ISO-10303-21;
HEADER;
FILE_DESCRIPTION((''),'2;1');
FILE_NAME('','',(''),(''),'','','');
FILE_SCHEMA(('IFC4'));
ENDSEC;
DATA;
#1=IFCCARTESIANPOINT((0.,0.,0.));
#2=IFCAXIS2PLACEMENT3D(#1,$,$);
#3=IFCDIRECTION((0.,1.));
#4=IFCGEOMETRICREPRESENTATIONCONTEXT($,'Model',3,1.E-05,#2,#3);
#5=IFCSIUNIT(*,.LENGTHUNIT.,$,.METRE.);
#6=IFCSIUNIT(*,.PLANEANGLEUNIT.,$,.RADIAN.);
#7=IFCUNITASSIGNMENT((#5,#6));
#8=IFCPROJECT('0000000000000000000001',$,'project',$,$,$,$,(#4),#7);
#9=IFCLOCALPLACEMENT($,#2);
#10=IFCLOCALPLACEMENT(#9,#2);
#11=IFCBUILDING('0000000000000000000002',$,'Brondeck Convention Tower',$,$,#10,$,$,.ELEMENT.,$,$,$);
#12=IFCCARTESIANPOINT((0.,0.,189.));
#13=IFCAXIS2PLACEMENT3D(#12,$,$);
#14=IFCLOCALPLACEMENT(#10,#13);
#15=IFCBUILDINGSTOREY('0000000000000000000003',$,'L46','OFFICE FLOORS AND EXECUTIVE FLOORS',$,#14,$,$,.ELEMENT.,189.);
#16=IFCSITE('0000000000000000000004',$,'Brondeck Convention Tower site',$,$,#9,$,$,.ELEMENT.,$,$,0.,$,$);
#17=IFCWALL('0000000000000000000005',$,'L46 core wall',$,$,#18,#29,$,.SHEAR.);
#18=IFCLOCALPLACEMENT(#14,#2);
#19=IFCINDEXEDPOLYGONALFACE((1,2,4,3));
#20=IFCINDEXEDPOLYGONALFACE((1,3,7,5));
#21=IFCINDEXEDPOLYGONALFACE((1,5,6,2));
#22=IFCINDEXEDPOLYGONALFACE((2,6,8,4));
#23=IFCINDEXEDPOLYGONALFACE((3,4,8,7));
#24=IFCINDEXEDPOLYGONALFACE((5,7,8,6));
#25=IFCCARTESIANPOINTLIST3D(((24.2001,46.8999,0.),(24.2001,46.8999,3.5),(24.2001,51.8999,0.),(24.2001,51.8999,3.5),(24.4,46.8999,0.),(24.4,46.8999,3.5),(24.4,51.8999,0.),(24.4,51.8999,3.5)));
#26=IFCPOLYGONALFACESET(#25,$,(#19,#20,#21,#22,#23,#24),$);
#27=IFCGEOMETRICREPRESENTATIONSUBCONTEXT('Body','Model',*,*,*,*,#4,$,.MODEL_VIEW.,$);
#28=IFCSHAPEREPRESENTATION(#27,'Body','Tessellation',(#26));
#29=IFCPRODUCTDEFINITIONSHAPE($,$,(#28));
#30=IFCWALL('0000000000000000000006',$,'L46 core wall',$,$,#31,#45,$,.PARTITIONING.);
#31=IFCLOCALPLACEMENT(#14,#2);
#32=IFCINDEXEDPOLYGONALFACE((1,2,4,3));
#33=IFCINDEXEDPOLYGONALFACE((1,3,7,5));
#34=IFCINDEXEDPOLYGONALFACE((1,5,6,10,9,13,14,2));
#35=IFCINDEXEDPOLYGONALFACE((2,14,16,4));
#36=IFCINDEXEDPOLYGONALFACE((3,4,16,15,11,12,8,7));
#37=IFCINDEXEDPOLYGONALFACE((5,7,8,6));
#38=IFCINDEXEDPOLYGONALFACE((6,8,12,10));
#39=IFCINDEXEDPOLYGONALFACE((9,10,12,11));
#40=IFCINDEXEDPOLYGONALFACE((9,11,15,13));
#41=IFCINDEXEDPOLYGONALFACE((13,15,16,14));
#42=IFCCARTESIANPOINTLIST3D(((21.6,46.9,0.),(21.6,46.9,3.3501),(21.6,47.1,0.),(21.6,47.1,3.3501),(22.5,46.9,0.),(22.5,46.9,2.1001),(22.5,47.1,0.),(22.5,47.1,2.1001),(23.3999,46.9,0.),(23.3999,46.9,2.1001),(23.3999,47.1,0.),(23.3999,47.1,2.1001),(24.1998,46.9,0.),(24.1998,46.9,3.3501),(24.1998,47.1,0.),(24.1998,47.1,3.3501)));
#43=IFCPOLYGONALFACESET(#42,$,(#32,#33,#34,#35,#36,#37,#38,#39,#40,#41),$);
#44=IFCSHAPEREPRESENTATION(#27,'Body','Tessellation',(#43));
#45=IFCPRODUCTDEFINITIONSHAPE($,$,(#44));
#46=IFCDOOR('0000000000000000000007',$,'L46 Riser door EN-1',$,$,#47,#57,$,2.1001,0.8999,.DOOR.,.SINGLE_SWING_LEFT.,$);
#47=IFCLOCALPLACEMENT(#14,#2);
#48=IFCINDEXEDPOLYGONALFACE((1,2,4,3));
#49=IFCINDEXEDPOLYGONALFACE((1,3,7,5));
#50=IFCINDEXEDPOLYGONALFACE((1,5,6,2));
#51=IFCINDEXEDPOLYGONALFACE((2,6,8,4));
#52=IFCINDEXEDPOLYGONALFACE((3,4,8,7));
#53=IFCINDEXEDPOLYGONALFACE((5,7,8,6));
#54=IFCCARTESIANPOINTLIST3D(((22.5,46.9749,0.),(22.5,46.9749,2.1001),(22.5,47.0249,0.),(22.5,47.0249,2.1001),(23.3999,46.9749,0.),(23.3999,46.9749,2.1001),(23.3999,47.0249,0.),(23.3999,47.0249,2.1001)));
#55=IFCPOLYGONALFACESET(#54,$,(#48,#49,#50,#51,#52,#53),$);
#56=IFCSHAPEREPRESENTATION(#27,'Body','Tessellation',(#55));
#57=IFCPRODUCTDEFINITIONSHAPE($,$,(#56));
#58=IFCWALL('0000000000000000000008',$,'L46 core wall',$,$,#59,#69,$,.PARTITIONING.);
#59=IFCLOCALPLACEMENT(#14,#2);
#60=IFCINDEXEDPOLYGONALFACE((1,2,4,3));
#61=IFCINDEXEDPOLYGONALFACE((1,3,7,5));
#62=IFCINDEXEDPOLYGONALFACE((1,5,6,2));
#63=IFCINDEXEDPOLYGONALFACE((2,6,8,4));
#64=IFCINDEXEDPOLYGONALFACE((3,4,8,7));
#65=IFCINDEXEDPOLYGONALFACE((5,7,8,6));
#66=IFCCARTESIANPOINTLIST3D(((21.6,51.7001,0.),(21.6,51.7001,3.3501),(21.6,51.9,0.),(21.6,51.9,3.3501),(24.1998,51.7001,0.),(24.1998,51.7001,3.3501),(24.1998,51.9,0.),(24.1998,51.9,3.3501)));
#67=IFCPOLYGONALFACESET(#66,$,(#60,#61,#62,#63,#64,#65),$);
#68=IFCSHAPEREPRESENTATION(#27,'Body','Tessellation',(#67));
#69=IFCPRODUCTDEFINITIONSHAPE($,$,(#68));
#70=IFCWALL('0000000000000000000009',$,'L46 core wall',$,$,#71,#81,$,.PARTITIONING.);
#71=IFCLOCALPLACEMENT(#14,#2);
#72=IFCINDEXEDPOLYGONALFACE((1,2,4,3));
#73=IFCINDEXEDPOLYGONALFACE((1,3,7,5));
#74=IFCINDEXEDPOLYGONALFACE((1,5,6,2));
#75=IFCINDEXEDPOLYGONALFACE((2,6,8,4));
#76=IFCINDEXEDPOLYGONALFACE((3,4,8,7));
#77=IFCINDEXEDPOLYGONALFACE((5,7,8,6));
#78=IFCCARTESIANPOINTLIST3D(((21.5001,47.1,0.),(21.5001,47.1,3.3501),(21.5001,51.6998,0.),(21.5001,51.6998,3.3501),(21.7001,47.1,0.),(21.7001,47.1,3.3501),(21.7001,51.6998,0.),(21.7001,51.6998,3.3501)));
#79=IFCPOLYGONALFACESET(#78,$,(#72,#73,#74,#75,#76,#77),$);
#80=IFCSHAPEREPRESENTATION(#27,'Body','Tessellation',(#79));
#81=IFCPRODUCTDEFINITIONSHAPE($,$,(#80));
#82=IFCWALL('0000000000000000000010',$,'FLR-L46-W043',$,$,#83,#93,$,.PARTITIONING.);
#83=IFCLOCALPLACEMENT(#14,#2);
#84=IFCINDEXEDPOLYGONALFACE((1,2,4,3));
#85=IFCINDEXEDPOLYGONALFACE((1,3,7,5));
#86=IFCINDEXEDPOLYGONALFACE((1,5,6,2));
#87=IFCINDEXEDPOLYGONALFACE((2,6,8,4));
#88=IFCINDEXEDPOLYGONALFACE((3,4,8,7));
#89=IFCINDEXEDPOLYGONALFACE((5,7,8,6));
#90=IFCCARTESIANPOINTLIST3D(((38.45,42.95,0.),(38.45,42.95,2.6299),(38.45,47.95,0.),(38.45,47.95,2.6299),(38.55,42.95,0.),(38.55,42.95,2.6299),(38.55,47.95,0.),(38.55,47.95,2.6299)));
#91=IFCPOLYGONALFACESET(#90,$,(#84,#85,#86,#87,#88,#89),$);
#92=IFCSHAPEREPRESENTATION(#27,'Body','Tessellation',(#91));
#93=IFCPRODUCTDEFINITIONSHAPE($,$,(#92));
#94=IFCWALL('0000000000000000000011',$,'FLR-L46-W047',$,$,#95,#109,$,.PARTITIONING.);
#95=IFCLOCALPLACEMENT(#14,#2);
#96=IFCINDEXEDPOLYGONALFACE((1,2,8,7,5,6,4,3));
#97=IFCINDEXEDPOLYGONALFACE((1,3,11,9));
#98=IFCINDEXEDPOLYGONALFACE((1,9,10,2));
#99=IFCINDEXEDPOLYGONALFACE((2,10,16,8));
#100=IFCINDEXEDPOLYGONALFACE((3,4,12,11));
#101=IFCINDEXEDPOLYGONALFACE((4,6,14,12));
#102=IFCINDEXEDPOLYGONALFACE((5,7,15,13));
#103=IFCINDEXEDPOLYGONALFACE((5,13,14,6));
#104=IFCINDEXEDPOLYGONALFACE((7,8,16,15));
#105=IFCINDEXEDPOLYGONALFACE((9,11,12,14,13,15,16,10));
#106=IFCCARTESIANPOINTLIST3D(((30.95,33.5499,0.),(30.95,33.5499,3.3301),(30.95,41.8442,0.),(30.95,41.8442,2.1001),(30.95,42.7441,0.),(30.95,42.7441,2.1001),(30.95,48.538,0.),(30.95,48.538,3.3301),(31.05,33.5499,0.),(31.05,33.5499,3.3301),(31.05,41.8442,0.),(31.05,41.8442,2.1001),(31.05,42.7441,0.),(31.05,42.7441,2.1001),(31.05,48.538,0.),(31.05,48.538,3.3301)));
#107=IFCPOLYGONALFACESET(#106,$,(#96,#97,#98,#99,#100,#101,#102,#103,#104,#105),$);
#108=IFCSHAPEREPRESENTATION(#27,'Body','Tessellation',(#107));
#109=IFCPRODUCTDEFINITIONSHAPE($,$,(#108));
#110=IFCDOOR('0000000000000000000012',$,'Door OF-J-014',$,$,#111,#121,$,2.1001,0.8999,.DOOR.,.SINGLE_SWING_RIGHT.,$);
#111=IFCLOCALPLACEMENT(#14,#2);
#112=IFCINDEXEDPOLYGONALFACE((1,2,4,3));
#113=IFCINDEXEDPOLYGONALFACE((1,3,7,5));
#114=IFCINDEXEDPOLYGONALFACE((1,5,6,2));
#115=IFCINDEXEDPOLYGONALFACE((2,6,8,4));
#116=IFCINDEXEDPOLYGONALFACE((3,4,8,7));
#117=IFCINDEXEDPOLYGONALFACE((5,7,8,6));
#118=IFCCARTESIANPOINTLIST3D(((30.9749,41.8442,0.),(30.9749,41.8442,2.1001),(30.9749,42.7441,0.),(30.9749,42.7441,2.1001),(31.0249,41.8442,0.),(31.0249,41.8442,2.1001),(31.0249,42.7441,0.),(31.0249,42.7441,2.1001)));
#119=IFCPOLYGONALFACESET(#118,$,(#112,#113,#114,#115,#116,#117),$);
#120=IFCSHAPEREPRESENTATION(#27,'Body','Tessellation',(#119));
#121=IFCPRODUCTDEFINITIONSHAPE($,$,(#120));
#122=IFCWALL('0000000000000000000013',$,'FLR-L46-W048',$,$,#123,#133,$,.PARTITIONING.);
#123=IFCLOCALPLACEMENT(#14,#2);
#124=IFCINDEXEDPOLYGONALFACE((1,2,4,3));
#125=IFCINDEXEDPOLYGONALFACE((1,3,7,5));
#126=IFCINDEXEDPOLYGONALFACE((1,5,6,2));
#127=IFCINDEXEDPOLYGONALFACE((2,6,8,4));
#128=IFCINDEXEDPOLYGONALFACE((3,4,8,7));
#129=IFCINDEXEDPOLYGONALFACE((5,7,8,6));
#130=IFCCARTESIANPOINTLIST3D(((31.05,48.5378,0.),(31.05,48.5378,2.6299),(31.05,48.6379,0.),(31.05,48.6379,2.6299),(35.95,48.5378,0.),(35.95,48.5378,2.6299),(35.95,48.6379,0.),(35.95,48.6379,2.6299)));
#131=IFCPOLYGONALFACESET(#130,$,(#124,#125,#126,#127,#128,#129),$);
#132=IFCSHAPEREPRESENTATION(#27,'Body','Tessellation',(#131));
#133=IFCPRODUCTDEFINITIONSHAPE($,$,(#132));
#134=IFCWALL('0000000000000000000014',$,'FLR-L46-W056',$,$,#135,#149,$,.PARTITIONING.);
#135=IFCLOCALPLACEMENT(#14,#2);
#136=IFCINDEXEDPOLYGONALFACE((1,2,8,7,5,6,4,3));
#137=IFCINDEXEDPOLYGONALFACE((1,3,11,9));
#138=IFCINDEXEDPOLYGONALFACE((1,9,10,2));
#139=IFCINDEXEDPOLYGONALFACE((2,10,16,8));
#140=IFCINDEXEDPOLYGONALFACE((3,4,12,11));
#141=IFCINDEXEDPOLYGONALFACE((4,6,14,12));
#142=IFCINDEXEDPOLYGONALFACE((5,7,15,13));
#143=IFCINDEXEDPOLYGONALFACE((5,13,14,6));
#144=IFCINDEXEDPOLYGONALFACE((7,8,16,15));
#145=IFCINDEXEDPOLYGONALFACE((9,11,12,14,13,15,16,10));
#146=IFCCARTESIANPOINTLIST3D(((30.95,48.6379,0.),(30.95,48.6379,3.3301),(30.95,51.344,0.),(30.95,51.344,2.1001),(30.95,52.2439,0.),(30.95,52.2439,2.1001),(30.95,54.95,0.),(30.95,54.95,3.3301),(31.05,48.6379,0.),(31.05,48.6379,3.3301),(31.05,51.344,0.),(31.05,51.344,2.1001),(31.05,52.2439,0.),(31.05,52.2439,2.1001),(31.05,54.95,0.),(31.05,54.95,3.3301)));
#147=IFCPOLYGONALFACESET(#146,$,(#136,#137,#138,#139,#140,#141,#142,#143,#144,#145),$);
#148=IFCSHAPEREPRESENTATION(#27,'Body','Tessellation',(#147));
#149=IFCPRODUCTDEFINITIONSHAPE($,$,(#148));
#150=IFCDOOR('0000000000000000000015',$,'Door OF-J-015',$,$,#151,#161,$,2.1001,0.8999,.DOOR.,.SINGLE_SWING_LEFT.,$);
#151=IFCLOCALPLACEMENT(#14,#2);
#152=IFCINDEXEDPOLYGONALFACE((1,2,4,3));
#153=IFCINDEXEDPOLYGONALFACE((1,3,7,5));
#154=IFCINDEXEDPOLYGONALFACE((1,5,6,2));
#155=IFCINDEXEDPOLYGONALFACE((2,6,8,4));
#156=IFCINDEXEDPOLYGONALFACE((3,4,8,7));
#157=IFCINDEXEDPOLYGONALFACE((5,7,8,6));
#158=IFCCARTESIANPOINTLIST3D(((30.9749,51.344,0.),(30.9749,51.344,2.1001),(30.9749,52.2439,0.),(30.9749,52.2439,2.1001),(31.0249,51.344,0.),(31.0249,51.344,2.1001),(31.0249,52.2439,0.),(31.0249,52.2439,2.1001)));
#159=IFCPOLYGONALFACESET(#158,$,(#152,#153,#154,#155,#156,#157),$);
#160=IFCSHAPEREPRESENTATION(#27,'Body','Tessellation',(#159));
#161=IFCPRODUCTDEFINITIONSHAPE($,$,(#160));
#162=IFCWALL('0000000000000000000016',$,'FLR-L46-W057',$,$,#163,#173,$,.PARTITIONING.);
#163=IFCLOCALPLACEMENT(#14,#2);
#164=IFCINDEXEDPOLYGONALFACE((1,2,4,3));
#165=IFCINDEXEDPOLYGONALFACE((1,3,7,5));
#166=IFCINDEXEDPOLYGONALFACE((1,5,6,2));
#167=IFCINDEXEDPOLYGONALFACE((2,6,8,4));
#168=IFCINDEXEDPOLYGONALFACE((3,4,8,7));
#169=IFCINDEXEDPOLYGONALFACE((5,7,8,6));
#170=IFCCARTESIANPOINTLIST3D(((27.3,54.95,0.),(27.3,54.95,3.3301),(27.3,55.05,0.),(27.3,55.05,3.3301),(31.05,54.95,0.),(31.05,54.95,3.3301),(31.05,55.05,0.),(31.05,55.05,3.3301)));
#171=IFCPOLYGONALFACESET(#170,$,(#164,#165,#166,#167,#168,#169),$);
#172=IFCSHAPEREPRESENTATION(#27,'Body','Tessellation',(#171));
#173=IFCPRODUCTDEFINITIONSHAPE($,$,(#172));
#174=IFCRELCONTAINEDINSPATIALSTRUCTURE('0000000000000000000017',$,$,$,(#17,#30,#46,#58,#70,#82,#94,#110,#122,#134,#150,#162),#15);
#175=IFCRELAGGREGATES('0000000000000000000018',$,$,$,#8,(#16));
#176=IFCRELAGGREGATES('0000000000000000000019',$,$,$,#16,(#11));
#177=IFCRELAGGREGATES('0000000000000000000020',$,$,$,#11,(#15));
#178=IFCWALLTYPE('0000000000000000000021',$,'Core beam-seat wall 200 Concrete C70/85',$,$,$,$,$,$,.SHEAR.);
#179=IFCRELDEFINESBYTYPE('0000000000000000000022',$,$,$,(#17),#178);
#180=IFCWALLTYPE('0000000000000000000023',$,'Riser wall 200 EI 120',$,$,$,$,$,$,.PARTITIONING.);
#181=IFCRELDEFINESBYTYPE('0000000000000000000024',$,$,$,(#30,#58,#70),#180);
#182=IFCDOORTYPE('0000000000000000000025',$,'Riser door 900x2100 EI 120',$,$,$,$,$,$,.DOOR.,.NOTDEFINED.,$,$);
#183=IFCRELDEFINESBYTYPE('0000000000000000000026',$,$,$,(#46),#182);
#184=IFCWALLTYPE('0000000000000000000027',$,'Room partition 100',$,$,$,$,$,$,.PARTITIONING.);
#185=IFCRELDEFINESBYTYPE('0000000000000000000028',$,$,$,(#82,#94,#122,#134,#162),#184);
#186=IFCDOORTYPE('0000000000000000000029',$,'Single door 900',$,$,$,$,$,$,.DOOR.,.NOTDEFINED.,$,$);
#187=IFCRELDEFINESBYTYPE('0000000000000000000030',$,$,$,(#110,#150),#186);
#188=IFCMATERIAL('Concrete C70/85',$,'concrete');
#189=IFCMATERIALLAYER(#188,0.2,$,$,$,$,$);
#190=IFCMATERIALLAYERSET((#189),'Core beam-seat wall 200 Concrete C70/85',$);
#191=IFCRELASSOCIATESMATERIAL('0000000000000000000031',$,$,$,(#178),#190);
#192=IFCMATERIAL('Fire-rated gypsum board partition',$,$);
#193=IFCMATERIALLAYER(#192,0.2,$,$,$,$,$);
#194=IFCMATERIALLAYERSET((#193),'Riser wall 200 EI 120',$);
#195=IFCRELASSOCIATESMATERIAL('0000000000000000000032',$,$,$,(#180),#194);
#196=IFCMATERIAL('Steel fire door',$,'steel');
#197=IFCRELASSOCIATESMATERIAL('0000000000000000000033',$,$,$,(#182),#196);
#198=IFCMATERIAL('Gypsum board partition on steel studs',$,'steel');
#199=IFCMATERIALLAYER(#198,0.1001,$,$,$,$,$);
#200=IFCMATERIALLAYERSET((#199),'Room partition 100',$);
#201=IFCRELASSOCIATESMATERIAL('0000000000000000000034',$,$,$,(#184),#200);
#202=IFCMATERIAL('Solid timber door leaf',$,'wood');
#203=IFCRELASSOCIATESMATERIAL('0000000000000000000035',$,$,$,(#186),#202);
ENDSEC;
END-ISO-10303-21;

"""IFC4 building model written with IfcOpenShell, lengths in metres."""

from ifc_helpers import new_model, si_unit, direction, frame, frame_2d, origin, place, context, subcontext, project, spatial, rectangle, extrude, material, layer, layer_set, type_object, element, fill, save


model = new_model("IFC4")

# Units and contexts
model_context = context("Model", 3, precision=1e-05, world=origin(), true_north=direction((0.0, 1.0)))
body_context = subcontext(model_context, "Body", "Model", "MODEL_VIEW")
ifc_project = project(units=[si_unit("LENGTHUNIT", "METRE"), si_unit("PLANEANGLEUNIT", "RADIAN")], contexts=[model_context])

# Site, building, storey
site_placement = place(None, origin())
site = spatial("IfcSite", under=ifc_project, at=site_placement, Name="Brondeck Convention Tower site", CompositionType="ELEMENT", RefElevation=0.0)
building_placement = place(site_placement, origin())
building = spatial("IfcBuilding", under=site, at=building_placement, Name="Brondeck Convention Tower", CompositionType="ELEMENT")
storey_placement = place(building_placement, frame((0.0, 0.0, 189.0)))
storey = spatial("IfcBuildingStorey", under=building, at=storey_placement, Name="L46", Description="OFFICE FLOORS AND EXECUTIVE FLOORS", CompositionType="ELEMENT", Elevation=189.0)

# Shared definitions
ifc_material_1 = material(Name="Concrete C70/85", Category="concrete")

# Wall
ifc_layer_1 = layer(ifc_material_1, 0.2)
ifc_layer_set_1 = layer_set([ifc_layer_1], Name="Core beam-seat wall 200 Concrete C70/85")
wall_type_1 = type_object("IfcWallType", Name="Core beam-seat wall 200 Concrete C70/85", PredefinedType="SHEAR", material=ifc_layer_set_1)
wall_1_placement = place(storey_placement, frame((24.3, 46.8999, 0.0), z_axis=(0.0, 0.0, 1.0), x_axis=(0.0, 1.0, 0.0)))
element("IfcWall", 1, at=wall_1_placement, inside=storey, type_object=wall_type_1, Name="L46 core wall", PredefinedType="SHEAR", context=body_context, shape_type="SweptSolid", body=[
    extrude(rectangle(XDim=5.0, YDim=0.2, at=frame_2d((2.5, 0.0))), origin(), (0.0, 0.0, 1.0), 3.5),
])

# Wall, opening, door
ifc_material_2 = material(Name="Fire-rated gypsum board partition")
ifc_layer_2 = layer(ifc_material_2, 0.2)
ifc_layer_set_2 = layer_set([ifc_layer_2], Name="Riser wall 200 EI 120")
wall_type_2 = type_object("IfcWallType", Name="Riser wall 200 EI 120", PredefinedType="PARTITIONING", material=ifc_layer_set_2)
wall_2_placement = place(storey_placement, frame((21.6001, 47.0, 0.0), z_axis=(0.0, 0.0, 1.0), x_axis=(1.0, 0.0, 0.0)))
wall_2 = element("IfcWall", 2, at=wall_2_placement, inside=storey, type_object=wall_type_2, Name="L46 core wall", PredefinedType="PARTITIONING", context=body_context, shape_type="SweptSolid", body=[
    extrude(rectangle(XDim=2.5999, YDim=0.2, at=frame_2d((1.2998, 0.0))), origin(), (0.0, 0.0, 1.0), 3.3501),
])
opening_1_placement = place(wall_2_placement, frame((0.8999, 0.0, 0.0)))
opening_1 = element("IfcOpeningElement", 3, at=opening_1_placement, cuts=wall_2, PredefinedType="OPENING", context=body_context, shape_type="SweptSolid", body=[
    extrude(rectangle(XDim=0.8999, YDim=2.1001, at=frame_2d((0.45, 1.05))), frame((0.0, 0.1099, 0.0), z_axis=(0.0, -1.0, 0.0), x_axis=(1.0, 0.0, 0.0)), (0.0, 0.0, 1.0), 0.22),
])
ifc_material_3 = material(Name="Steel fire door", Category="steel")
door_type_1 = type_object("IfcDoorType", Name="Riser door 900x2100 EI 120", OperationType="NOTDEFINED", PredefinedType="DOOR", material=ifc_material_3)
door_1_placement = place(opening_1_placement, origin())
door_1 = element("IfcDoor", 4, at=door_1_placement, inside=storey, type_object=door_type_1, Name="L46 Riser door EN-1", OperationType="SINGLE_SWING_LEFT", OverallHeight=2.1001, OverallWidth=0.8999, PredefinedType="DOOR", context=body_context, shape_type="SweptSolid", body=[
    extrude(rectangle(XDim=0.8999, YDim=2.1001, at=frame_2d((0.45, 1.05))), frame((0.0, 0.0249, 0.0), z_axis=(0.0, -1.0, 0.0), x_axis=(1.0, 0.0, 0.0)), (0.0, 0.0, 1.0), 0.05),
])
fill(opening_1, door_1)

# Walls
wall_3_placement = place(storey_placement, frame((21.6001, 51.8, 0.0), z_axis=(0.0, 0.0, 1.0), x_axis=(1.0, 0.0, 0.0)))
element("IfcWall", 5, at=wall_3_placement, inside=storey, type_object=wall_type_2, Name="L46 core wall", PredefinedType="PARTITIONING", context=body_context, shape_type="SweptSolid", body=[
    extrude(rectangle(XDim=2.5999, YDim=0.2, at=frame_2d((1.2998, 0.0))), origin(), (0.0, 0.0, 1.0), 3.3501),
])
wall_4_placement = place(storey_placement, frame((21.6001, 47.1001, 0.0), z_axis=(0.0, 0.0, 1.0), x_axis=(0.0, 1.0, 0.0)))
element("IfcWall", 6, at=wall_4_placement, inside=storey, type_object=wall_type_2, Name="L46 core wall", PredefinedType="PARTITIONING", context=body_context, shape_type="SweptSolid", body=[
    extrude(rectangle(XDim=4.5999, YDim=0.2, at=frame_2d((2.2998, 0.0))), origin(), (0.0, 0.0, 1.0), 3.3501),
])
ifc_material_4 = material(Name="Gypsum board partition on steel studs", Category="steel")
ifc_layer_3 = layer(ifc_material_4, 0.1001)
ifc_layer_set_3 = layer_set([ifc_layer_3], Name="Room partition 100")
wall_type_3 = type_object("IfcWallType", Name="Room partition 100", PredefinedType="PARTITIONING", material=ifc_layer_set_3)
wall_5_placement = place(storey_placement, frame((38.5, 47.95, 0.0), z_axis=(0.0, 0.0, 1.0), x_axis=(0.0, -1.0, 0.0)))
element("IfcWall", 7, at=wall_5_placement, inside=storey, type_object=wall_type_3, Name="FLR-L46-W043", PredefinedType="PARTITIONING", context=body_context, shape_type="SweptSolid", body=[
    extrude(rectangle(XDim=5.0, YDim=0.1001, at=frame_2d((2.5, 0.0))), origin(), (0.0, 0.0, 1.0), 2.6299),
])

# Wall, opening, door
wall_6_placement = place(storey_placement, frame((31.0, 48.5381, 0.0), z_axis=(0.0, 0.0, 1.0), x_axis=(0.0, -1.0, 0.0)))
wall_6 = element("IfcWall", 8, at=wall_6_placement, inside=storey, type_object=wall_type_3, Name="FLR-L46-W047", PredefinedType="PARTITIONING", context=body_context, shape_type="SweptSolid", body=[
    extrude(rectangle(XDim=14.988, YDim=0.1001, at=frame_2d((7.4941, 0.0))), origin(), (0.0, 0.0, 1.0), 3.3301),
])
opening_2_placement = place(wall_6_placement, frame((5.7939, 0.0, 0.0)))
opening_2 = element("IfcOpeningElement", 9, at=opening_2_placement, cuts=wall_6, PredefinedType="OPENING", context=body_context, shape_type="SweptSolid", body=[
    extrude(rectangle(XDim=0.8999, YDim=2.1001, at=frame_2d((0.45, 1.05))), frame((0.0, 0.0601, 0.0), z_axis=(0.0, -1.0, 0.0), x_axis=(1.0, 0.0, 0.0)), (0.0, 0.0, 1.0), 0.1201),
])
ifc_material_5 = material(Name="Solid timber door leaf", Category="wood")
door_type_2 = type_object("IfcDoorType", Name="Single door 900", OperationType="NOTDEFINED", PredefinedType="DOOR", material=ifc_material_5)
door_2_placement = place(opening_2_placement, origin())
door_2 = element("IfcDoor", 10, at=door_2_placement, inside=storey, type_object=door_type_2, Name="Door OF-J-014", OperationType="SINGLE_SWING_RIGHT", OverallHeight=2.1001, OverallWidth=0.8999, PredefinedType="DOOR", context=body_context, shape_type="SweptSolid", body=[
    extrude(rectangle(XDim=0.8999, YDim=2.1001, at=frame_2d((0.45, 1.05))), frame((0.0, 0.0249, 0.0), z_axis=(0.0, -1.0, 0.0), x_axis=(1.0, 0.0, 0.0)), (0.0, 0.0, 1.0), 0.05),
])
fill(opening_2, door_2)

# Wall
wall_7_placement = place(storey_placement, frame((31.05, 48.5879, 0.0), z_axis=(0.0, 0.0, 1.0), x_axis=(1.0, 0.0, 0.0)))
element("IfcWall", 11, at=wall_7_placement, inside=storey, type_object=wall_type_3, Name="FLR-L46-W048", PredefinedType="PARTITIONING", context=body_context, shape_type="SweptSolid", body=[
    extrude(rectangle(XDim=4.8999, YDim=0.1001, at=frame_2d((2.45, 0.0))), origin(), (0.0, 0.0, 1.0), 2.6299),
])

# Wall, opening, door
wall_8_placement = place(storey_placement, frame((31.0, 54.95, 0.0), z_axis=(0.0, 0.0, 1.0), x_axis=(0.0, -1.0, 0.0)))
wall_8 = element("IfcWall", 12, at=wall_8_placement, inside=storey, type_object=wall_type_3, Name="FLR-L46-W056", PredefinedType="PARTITIONING", context=body_context, shape_type="SweptSolid", body=[
    extrude(rectangle(XDim=6.312, YDim=0.1001, at=frame_2d((3.156, 0.0))), origin(), (0.0, 0.0, 1.0), 3.3301),
])
opening_3_placement = place(wall_8_placement, frame((2.7061, 0.0, 0.0)))
opening_3 = element("IfcOpeningElement", 13, at=opening_3_placement, cuts=wall_8, PredefinedType="OPENING", context=body_context, shape_type="SweptSolid", body=[
    extrude(rectangle(XDim=0.8999, YDim=2.1001, at=frame_2d((0.45, 1.05))), frame((0.0, 0.0601, 0.0), z_axis=(0.0, -1.0, 0.0), x_axis=(1.0, 0.0, 0.0)), (0.0, 0.0, 1.0), 0.1201),
])
door_3_placement = place(opening_3_placement, origin())
door_3 = element("IfcDoor", 14, at=door_3_placement, inside=storey, type_object=door_type_2, Name="Door OF-J-015", OperationType="SINGLE_SWING_LEFT", OverallHeight=2.1001, OverallWidth=0.8999, PredefinedType="DOOR", context=body_context, shape_type="SweptSolid", body=[
    extrude(rectangle(XDim=0.8999, YDim=2.1001, at=frame_2d((0.45, 1.05))), frame((0.0, 0.0249, 0.0), z_axis=(0.0, -1.0, 0.0), x_axis=(1.0, 0.0, 0.0)), (0.0, 0.0, 1.0), 0.05),
])
fill(opening_3, door_3)

# Wall
wall_9_placement = place(storey_placement, frame((27.3, 55.0, 0.0), z_axis=(0.0, 0.0, 1.0), x_axis=(1.0, 0.0, 0.0)))
element("IfcWall", 15, at=wall_9_placement, inside=storey, type_object=wall_type_3, Name="FLR-L46-W057", PredefinedType="PARTITIONING", context=body_context, shape_type="SweptSolid", body=[
    extrude(rectangle(XDim=3.75, YDim=0.1001, at=frame_2d((1.875, 0.0))), origin(), (0.0, 0.0, 1.0), 3.3301),
])

save(model, "model.ifc")
